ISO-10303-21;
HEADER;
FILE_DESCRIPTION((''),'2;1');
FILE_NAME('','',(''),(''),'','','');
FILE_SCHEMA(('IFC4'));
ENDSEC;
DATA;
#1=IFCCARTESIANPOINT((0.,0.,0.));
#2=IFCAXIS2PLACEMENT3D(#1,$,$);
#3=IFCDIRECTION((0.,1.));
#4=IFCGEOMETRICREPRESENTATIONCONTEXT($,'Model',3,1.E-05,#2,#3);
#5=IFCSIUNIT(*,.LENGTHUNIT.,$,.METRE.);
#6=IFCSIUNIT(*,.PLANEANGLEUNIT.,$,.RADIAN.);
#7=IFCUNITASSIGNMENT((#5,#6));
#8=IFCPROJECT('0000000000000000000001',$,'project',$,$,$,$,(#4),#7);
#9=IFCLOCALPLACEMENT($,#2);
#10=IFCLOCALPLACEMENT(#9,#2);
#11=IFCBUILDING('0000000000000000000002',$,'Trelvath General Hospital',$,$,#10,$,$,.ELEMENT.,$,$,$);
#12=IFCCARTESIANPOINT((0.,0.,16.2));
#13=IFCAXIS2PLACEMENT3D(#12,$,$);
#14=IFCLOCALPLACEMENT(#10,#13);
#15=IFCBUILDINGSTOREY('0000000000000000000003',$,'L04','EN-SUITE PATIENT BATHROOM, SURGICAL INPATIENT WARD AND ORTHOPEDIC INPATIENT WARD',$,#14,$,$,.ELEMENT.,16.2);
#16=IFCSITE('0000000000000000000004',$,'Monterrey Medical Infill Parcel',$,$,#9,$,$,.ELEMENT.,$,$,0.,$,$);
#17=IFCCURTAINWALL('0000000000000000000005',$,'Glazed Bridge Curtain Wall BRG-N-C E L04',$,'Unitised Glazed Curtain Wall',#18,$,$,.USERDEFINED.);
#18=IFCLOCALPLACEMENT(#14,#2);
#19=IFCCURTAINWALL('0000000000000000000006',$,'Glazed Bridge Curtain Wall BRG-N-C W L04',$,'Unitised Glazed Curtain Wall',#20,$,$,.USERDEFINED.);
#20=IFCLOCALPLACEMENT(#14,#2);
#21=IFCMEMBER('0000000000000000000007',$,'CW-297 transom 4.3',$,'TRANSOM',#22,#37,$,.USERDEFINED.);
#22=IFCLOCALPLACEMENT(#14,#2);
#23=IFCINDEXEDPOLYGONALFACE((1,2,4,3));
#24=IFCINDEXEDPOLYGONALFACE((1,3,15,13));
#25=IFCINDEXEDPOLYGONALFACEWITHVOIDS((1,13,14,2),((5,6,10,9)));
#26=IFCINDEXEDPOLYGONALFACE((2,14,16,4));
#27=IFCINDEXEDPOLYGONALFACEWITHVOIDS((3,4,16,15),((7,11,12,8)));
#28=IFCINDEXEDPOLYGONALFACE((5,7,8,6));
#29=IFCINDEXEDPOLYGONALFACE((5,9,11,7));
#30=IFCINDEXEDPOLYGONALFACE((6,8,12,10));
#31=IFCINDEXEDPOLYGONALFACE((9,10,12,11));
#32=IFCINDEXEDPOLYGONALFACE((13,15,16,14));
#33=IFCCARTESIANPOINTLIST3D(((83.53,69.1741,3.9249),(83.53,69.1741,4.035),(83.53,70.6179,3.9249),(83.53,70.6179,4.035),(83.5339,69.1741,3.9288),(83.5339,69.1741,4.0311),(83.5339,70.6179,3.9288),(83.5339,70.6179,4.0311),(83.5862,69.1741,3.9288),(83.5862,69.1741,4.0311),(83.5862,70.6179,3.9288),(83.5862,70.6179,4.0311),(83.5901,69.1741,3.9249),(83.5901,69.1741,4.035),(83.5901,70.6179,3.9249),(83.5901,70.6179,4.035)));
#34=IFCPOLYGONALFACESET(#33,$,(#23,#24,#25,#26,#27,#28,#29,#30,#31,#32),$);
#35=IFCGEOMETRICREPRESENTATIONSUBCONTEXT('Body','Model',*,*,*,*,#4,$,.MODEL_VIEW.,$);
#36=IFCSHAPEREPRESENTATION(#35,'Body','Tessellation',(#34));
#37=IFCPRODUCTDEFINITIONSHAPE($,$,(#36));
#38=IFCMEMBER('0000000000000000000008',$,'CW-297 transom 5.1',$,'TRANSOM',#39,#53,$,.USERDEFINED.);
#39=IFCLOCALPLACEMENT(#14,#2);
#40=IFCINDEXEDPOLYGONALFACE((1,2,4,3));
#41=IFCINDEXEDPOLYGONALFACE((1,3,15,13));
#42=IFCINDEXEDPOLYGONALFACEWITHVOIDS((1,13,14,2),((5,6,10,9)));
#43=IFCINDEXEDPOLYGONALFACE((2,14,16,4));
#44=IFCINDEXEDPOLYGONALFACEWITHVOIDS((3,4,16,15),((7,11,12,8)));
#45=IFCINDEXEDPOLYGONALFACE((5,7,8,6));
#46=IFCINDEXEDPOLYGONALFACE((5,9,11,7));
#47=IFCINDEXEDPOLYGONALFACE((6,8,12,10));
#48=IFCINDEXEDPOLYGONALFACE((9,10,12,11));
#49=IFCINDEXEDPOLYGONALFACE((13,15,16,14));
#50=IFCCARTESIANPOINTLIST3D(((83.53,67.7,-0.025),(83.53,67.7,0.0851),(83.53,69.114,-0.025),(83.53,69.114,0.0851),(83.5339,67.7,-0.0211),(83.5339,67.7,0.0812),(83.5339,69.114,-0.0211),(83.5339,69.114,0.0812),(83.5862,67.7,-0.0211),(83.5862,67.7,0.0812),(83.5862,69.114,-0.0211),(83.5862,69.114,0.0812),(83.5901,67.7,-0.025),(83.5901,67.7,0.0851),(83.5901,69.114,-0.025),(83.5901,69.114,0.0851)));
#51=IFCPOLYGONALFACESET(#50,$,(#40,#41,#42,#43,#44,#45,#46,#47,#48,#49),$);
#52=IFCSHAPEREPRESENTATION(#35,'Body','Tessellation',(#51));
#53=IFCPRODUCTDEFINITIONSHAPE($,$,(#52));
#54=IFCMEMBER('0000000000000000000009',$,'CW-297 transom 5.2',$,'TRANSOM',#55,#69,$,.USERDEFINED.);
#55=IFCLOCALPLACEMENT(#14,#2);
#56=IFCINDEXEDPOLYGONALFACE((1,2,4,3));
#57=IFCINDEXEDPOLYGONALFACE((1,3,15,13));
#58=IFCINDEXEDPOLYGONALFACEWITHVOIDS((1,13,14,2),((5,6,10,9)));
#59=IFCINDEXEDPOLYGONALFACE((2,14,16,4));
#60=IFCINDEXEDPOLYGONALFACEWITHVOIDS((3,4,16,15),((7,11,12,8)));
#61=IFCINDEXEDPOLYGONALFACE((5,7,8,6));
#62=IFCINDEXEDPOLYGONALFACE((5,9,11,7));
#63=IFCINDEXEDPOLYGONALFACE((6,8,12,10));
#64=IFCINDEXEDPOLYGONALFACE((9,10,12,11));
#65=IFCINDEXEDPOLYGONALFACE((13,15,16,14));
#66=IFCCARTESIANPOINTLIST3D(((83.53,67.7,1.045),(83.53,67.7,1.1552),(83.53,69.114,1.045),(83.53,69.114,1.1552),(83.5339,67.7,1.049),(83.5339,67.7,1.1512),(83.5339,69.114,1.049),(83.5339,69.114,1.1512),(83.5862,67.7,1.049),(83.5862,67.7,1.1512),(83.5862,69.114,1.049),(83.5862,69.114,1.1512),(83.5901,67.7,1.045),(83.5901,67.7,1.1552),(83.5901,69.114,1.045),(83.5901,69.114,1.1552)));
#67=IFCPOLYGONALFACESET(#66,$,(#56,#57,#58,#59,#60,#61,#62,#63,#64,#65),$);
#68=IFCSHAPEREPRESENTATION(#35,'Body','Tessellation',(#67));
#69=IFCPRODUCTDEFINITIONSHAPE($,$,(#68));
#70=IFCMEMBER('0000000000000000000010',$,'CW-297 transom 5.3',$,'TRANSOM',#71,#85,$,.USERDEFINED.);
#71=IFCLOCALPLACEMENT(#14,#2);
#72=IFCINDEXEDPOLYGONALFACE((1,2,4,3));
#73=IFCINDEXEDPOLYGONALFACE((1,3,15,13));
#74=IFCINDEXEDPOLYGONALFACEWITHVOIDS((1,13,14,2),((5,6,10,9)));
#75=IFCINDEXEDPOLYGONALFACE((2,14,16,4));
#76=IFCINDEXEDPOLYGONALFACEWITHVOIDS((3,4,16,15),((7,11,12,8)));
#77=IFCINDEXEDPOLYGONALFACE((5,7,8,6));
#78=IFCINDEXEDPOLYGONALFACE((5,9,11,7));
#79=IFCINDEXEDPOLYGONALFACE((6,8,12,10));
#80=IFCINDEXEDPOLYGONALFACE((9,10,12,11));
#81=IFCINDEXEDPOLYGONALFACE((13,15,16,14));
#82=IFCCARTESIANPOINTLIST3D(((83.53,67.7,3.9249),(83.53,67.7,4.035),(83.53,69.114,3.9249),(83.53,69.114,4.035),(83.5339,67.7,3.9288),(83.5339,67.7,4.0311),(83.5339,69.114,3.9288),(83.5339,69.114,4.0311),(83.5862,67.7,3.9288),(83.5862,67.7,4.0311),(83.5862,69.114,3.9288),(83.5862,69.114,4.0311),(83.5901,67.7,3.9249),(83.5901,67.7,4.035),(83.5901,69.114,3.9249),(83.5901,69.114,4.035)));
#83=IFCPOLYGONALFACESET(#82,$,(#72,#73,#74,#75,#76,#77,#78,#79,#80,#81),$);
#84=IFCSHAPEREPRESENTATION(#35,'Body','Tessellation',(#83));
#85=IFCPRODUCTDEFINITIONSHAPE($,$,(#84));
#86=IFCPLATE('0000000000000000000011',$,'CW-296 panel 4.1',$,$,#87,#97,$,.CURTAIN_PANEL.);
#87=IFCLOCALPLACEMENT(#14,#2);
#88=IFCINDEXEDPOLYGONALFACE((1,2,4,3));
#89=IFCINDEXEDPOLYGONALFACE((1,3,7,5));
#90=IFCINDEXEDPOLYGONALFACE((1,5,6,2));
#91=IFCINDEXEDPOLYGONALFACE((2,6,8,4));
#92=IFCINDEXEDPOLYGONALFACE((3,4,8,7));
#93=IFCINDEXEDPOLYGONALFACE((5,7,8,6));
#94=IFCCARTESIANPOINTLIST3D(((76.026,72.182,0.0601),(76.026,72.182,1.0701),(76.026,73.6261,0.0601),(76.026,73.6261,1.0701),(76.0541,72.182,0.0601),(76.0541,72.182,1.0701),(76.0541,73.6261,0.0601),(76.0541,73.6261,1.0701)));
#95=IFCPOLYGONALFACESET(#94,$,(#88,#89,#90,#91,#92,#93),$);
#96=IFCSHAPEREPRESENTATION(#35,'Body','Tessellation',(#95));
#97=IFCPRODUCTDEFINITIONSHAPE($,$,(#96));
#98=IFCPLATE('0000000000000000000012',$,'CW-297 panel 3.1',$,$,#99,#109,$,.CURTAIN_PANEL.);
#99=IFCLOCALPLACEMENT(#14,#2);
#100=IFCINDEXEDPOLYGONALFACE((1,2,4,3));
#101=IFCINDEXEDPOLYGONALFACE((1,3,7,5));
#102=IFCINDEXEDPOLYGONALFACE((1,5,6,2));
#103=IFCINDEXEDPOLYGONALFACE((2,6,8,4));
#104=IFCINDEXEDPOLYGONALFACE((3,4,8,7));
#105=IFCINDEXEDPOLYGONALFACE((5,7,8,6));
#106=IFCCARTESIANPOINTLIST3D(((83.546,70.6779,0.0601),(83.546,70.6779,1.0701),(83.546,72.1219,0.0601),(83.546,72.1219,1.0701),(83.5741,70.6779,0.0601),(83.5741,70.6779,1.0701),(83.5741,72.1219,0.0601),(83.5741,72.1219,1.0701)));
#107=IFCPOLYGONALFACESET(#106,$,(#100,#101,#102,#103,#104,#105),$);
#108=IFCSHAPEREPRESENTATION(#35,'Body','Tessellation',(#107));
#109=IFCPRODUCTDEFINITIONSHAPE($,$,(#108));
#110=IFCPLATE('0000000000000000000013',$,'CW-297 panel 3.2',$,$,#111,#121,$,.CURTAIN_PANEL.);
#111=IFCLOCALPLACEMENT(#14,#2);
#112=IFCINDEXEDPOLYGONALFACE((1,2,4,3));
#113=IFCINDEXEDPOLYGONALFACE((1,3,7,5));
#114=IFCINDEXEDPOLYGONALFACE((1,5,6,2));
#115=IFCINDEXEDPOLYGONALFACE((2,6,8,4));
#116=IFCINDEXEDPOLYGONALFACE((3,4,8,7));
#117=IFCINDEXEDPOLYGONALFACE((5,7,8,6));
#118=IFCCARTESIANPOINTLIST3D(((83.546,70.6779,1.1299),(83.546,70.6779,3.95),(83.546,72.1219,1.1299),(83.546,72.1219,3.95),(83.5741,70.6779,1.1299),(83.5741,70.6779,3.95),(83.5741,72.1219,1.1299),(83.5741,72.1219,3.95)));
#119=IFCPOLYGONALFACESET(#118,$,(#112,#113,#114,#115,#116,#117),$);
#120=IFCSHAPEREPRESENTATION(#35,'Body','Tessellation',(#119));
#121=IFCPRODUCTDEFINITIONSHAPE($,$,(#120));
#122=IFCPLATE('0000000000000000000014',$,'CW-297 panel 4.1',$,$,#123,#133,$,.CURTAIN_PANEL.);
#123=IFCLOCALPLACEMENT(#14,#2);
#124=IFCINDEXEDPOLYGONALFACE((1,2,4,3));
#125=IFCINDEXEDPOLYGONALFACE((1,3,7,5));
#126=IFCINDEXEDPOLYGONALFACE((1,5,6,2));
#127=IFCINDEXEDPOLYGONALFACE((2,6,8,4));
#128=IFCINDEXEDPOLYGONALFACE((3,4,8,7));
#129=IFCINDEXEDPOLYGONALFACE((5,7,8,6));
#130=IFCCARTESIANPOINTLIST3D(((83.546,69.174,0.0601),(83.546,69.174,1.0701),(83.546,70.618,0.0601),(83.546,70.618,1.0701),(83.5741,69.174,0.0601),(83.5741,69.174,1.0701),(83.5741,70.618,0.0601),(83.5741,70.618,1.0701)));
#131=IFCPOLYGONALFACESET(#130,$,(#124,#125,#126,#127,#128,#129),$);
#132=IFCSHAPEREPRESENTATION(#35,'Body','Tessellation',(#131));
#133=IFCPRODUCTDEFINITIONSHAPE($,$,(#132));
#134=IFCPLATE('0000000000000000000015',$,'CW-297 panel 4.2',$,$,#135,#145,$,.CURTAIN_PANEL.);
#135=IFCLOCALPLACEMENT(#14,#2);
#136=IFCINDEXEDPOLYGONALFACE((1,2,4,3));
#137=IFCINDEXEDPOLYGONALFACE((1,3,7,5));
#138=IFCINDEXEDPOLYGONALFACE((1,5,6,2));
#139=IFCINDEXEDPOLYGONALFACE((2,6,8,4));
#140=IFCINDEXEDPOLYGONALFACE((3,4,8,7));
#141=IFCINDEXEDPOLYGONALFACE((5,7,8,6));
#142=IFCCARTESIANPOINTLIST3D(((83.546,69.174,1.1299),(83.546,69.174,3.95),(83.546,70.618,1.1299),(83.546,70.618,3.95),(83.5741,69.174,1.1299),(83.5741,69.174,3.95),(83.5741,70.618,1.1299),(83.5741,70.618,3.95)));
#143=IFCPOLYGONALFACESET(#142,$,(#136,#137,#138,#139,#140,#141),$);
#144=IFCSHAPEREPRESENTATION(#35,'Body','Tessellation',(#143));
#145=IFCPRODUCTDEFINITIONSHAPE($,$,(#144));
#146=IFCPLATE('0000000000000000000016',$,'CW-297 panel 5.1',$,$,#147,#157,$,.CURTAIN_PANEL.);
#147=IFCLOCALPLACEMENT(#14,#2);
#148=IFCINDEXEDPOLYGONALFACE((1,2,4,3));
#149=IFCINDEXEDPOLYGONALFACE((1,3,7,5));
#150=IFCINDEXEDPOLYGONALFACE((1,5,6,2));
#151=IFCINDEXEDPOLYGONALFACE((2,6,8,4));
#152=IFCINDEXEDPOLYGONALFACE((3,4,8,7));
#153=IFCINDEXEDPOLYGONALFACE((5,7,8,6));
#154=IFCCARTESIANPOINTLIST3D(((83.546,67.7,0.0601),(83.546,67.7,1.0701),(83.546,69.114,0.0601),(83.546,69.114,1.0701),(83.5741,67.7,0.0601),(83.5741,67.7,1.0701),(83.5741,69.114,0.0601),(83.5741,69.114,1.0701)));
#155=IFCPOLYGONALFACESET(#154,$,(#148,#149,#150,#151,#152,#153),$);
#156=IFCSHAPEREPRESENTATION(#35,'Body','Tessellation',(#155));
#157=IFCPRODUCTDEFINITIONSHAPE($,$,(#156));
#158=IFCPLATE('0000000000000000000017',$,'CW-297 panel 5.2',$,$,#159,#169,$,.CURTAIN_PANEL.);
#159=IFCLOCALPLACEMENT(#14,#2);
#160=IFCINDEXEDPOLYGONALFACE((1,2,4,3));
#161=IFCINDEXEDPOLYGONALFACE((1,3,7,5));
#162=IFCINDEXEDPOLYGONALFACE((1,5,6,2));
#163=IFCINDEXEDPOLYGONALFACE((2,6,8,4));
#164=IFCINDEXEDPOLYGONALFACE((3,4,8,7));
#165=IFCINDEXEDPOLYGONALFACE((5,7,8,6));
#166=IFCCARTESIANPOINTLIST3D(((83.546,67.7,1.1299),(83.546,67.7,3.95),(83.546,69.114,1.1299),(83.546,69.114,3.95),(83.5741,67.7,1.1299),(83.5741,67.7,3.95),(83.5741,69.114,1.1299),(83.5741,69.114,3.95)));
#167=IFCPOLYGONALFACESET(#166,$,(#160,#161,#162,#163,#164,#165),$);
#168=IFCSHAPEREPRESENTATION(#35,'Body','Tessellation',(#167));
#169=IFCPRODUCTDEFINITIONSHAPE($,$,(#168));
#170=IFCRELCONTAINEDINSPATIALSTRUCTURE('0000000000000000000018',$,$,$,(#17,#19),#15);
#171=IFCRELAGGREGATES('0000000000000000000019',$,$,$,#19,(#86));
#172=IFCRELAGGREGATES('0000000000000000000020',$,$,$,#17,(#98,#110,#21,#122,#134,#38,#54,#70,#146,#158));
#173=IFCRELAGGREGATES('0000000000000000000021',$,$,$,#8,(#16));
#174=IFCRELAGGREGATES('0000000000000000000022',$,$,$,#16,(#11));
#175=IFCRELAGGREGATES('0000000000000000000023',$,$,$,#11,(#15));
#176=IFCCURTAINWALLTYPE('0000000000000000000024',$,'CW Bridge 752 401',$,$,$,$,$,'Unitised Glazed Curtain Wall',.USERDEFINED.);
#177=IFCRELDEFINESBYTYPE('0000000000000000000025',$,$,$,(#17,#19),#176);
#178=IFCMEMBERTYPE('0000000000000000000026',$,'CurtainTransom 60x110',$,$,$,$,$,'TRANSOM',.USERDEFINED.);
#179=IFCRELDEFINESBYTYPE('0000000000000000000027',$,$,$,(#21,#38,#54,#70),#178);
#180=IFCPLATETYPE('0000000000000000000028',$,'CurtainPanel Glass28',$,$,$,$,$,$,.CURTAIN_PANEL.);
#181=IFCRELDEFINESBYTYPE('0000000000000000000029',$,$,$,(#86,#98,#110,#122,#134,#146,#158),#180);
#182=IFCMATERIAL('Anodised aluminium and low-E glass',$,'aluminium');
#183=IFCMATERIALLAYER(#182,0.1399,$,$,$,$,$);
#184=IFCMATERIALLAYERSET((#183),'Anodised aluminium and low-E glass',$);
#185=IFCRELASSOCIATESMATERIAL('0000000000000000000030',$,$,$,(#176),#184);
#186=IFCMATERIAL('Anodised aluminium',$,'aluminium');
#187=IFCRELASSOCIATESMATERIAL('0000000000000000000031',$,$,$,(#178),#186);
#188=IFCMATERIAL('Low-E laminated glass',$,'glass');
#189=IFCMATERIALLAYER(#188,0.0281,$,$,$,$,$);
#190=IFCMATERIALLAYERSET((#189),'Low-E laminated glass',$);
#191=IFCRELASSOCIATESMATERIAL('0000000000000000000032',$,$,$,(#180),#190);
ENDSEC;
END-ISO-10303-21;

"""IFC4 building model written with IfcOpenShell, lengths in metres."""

from ifc_helpers import new_model, si_unit, direction, frame, origin, origin_2d, place, context, subcontext, project, spatial, rectangle, hollow_rectangle, extrude, material, layer, layer_set, material_profile, profile_set, type_object, element, aggregate, save


model = new_model("IFC4")

# Units and contexts
model_context = context("Model", 3, precision=1e-05, world=origin(), true_north=direction((0.0, 1.0)))
body_context = subcontext(model_context, "Body", "Model", "MODEL_VIEW")
ifc_project = project(units=[si_unit("LENGTHUNIT", "METRE"), si_unit("PLANEANGLEUNIT", "RADIAN")], contexts=[model_context])

# Site, building, storey
site_placement = place(None, origin())
site = spatial("IfcSite", under=ifc_project, at=site_placement, Name="Monterrey Medical Infill Parcel", CompositionType="ELEMENT", RefElevation=0.0)
building_placement = place(site_placement, origin())
building = spatial("IfcBuilding", under=site, at=building_placement, Name="Trelvath General Hospital", CompositionType="ELEMENT")
storey_placement = place(building_placement, frame((0.0, 0.0, 16.2)))
storey = spatial("IfcBuildingStorey", under=building, at=storey_placement, Name="L04", Description="EN-SUITE PATIENT BATHROOM, SURGICAL INPATIENT WARD AND ORTHOPEDIC INPATIENT WARD", CompositionType="ELEMENT", Elevation=16.2)

# Curtain walls
ifc_material_1 = material(Name="Anodised aluminium and low-E glass", Category="aluminium")
ifc_layer_1 = layer(ifc_material_1, 0.1399)
ifc_layer_set_1 = layer_set([ifc_layer_1], Name="Anodised aluminium and low-E glass")
curtain_wall_type = type_object("IfcCurtainWallType", Name="CW Bridge 752 401", ElementType="Unitised Glazed Curtain Wall", PredefinedType="USERDEFINED", material=ifc_layer_set_1)
curtain_wall_1_placement = place(storey_placement, origin())
curtain_wall_1 = element("IfcCurtainWall", 1, at=curtain_wall_1_placement, inside=storey, type_object=curtain_wall_type, Name="Glazed Bridge Curtain Wall BRG-N-C E L04", ObjectType="Unitised Glazed Curtain Wall", PredefinedType="USERDEFINED")
curtain_wall_2_placement = place(storey_placement, origin())
curtain_wall_2 = element("IfcCurtainWall", 2, at=curtain_wall_2_placement, inside=storey, type_object=curtain_wall_type, Name="Glazed Bridge Curtain Wall BRG-N-C W L04", ObjectType="Unitised Glazed Curtain Wall", PredefinedType="USERDEFINED")
ifc_material_2 = material(Name="Anodised aluminium", Category="aluminium")
ifc_material_profile_1 = material_profile(ifc_material_2, hollow_rectangle(XDim=0.0601, YDim=0.1101, WallThickness=0.0039, at=origin_2d()), Name="RHS60x110x4")
ifc_profile_set_1 = profile_set([ifc_material_profile_1], Name="Anodised aluminium")
member_type_1 = type_object("IfcMemberType", Name="CurtainTransom 60x110", ElementType="TRANSOM", PredefinedType="USERDEFINED", material=ifc_profile_set_1)

# Members
member_1_placement = place(storey_placement, frame((83.5601, 70.6179, 3.98), z_axis=(0.0, -1.0, 0.0), x_axis=(1.0, 0.0, 0.0)))
member_1 = element("IfcMember", 3, at=member_1_placement, type_object=member_type_1, Name="CW-297 transom 4.3", ObjectType="TRANSOM", PredefinedType="USERDEFINED", context=body_context, shape_type="SweptSolid", body=[
    extrude(hollow_rectangle(XDim=0.0601, YDim=0.1101, WallThickness=0.0039, at=origin_2d()), origin(), (0.0, 0.0, 1.0), 1.4438),
])
member_2_placement = place(storey_placement, frame((83.5601, 69.114, 0.03), z_axis=(0.0, -1.0, 0.0), x_axis=(1.0, 0.0, 0.0)))
member_2 = element("IfcMember", 4, at=member_2_placement, type_object=member_type_1, Name="CW-297 transom 5.1", ObjectType="TRANSOM", PredefinedType="USERDEFINED", context=body_context, shape_type="SweptSolid", body=[
    extrude(hollow_rectangle(XDim=0.0601, YDim=0.1101, WallThickness=0.0039, at=origin_2d()), origin(), (0.0, 0.0, 1.0), 1.4141),
])
member_3_placement = place(storey_placement, frame((83.5601, 69.114, 1.1001), z_axis=(0.0, -1.0, 0.0), x_axis=(1.0, 0.0, 0.0)))
member_3 = element("IfcMember", 5, at=member_3_placement, type_object=member_type_1, Name="CW-297 transom 5.2", ObjectType="TRANSOM", PredefinedType="USERDEFINED", context=body_context, shape_type="SweptSolid", body=[
    extrude(hollow_rectangle(XDim=0.0601, YDim=0.1101, WallThickness=0.0039, at=origin_2d()), origin(), (0.0, 0.0, 1.0), 1.4141),
])
member_4_placement = place(storey_placement, frame((83.5601, 69.114, 3.98), z_axis=(0.0, -1.0, 0.0), x_axis=(1.0, 0.0, 0.0)))
member_4 = element("IfcMember", 6, at=member_4_placement, type_object=member_type_1, Name="CW-297 transom 5.3", ObjectType="TRANSOM", PredefinedType="USERDEFINED", context=body_context, shape_type="SweptSolid", body=[
    extrude(hollow_rectangle(XDim=0.0601, YDim=0.1101, WallThickness=0.0039, at=origin_2d()), origin(), (0.0, 0.0, 1.0), 1.4141),
])

# Plates
ifc_material_3 = material(Name="Low-E laminated glass", Category="glass")
ifc_layer_2 = layer(ifc_material_3, 0.0281)
ifc_layer_set_2 = layer_set([ifc_layer_2], Name="Low-E laminated glass")
plate_type = type_object("IfcPlateType", Name="CurtainPanel Glass28", PredefinedType="CURTAIN_PANEL", material=ifc_layer_set_2)
plate_1_placement = place(storey_placement, frame((76.04, 72.9041, 0.0601), z_axis=(0.0, 0.0, 1.0), x_axis=(0.0, 1.0, 0.0)))
plate_1 = element("IfcPlate", 7, at=plate_1_placement, type_object=plate_type, Name="CW-296 panel 4.1", PredefinedType="CURTAIN_PANEL", context=body_context, shape_type="SweptSolid", body=[
    extrude(rectangle(XDim=1.4441, YDim=0.0281, at=origin_2d()), origin(), (0.0, 0.0, 1.0), 1.01),
])
aggregate(curtain_wall_2, [plate_1])
plate_2_placement = place(storey_placement, frame((83.5601, 71.3999, 0.0601), z_axis=(0.0, 0.0, 1.0), x_axis=(0.0, -1.0, 0.0)))
plate_2 = element("IfcPlate", 8, at=plate_2_placement, type_object=plate_type, Name="CW-297 panel 3.1", PredefinedType="CURTAIN_PANEL", context=body_context, shape_type="SweptSolid", body=[
    extrude(rectangle(XDim=1.4441, YDim=0.0281, at=origin_2d()), origin(), (0.0, 0.0, 1.0), 1.01),
])
plate_3_placement = place(storey_placement, frame((83.5601, 71.3999, 1.1299), z_axis=(0.0, 0.0, 1.0), x_axis=(0.0, -1.0, 0.0)))
plate_3 = element("IfcPlate", 9, at=plate_3_placement, type_object=plate_type, Name="CW-297 panel 3.2", PredefinedType="CURTAIN_PANEL", context=body_context, shape_type="SweptSolid", body=[
    extrude(rectangle(XDim=1.4441, YDim=0.0281, at=origin_2d()), origin(), (0.0, 0.0, 1.0), 2.8201),
])
plate_4_placement = place(storey_placement, frame((83.5601, 69.896, 0.0601), z_axis=(0.0, 0.0, 1.0), x_axis=(0.0, -1.0, 0.0)))
plate_4 = element("IfcPlate", 10, at=plate_4_placement, type_object=plate_type, Name="CW-297 panel 4.1", PredefinedType="CURTAIN_PANEL", context=body_context, shape_type="SweptSolid", body=[
    extrude(rectangle(XDim=1.4441, YDim=0.0281, at=origin_2d()), origin(), (0.0, 0.0, 1.0), 1.01),
])
plate_5_placement = place(storey_placement, frame((83.5601, 69.896, 1.1299), z_axis=(0.0, 0.0, 1.0), x_axis=(0.0, -1.0, 0.0)))
plate_5 = element("IfcPlate", 11, at=plate_5_placement, type_object=plate_type, Name="CW-297 panel 4.2", PredefinedType="CURTAIN_PANEL", context=body_context, shape_type="SweptSolid", body=[
    extrude(rectangle(XDim=1.4441, YDim=0.0281, at=origin_2d()), origin(), (0.0, 0.0, 1.0), 2.8201),
])
plate_6_placement = place(storey_placement, frame((83.5601, 68.407, 0.0601), z_axis=(0.0, 0.0, 1.0), x_axis=(0.0, -1.0, 0.0)))
plate_6 = element("IfcPlate", 12, at=plate_6_placement, type_object=plate_type, Name="CW-297 panel 5.1", PredefinedType="CURTAIN_PANEL", context=body_context, shape_type="SweptSolid", body=[
    extrude(rectangle(XDim=1.4141, YDim=0.0281, at=origin_2d()), origin(), (0.0, 0.0, 1.0), 1.01),
])
plate_7_placement = place(storey_placement, frame((83.5601, 68.407, 1.1299), z_axis=(0.0, 0.0, 1.0), x_axis=(0.0, -1.0, 0.0)))
plate_7 = element("IfcPlate", 13, at=plate_7_placement, type_object=plate_type, Name="CW-297 panel 5.2", PredefinedType="CURTAIN_PANEL", context=body_context, shape_type="SweptSolid", body=[
    extrude(rectangle(XDim=1.4141, YDim=0.0281, at=origin_2d()), origin(), (0.0, 0.0, 1.0), 2.8201),
])
aggregate(curtain_wall_1, [plate_2, plate_3, member_1, plate_4, plate_5, member_2, member_3, member_4, plate_6, plate_7])

save(model, "model.ifc")
